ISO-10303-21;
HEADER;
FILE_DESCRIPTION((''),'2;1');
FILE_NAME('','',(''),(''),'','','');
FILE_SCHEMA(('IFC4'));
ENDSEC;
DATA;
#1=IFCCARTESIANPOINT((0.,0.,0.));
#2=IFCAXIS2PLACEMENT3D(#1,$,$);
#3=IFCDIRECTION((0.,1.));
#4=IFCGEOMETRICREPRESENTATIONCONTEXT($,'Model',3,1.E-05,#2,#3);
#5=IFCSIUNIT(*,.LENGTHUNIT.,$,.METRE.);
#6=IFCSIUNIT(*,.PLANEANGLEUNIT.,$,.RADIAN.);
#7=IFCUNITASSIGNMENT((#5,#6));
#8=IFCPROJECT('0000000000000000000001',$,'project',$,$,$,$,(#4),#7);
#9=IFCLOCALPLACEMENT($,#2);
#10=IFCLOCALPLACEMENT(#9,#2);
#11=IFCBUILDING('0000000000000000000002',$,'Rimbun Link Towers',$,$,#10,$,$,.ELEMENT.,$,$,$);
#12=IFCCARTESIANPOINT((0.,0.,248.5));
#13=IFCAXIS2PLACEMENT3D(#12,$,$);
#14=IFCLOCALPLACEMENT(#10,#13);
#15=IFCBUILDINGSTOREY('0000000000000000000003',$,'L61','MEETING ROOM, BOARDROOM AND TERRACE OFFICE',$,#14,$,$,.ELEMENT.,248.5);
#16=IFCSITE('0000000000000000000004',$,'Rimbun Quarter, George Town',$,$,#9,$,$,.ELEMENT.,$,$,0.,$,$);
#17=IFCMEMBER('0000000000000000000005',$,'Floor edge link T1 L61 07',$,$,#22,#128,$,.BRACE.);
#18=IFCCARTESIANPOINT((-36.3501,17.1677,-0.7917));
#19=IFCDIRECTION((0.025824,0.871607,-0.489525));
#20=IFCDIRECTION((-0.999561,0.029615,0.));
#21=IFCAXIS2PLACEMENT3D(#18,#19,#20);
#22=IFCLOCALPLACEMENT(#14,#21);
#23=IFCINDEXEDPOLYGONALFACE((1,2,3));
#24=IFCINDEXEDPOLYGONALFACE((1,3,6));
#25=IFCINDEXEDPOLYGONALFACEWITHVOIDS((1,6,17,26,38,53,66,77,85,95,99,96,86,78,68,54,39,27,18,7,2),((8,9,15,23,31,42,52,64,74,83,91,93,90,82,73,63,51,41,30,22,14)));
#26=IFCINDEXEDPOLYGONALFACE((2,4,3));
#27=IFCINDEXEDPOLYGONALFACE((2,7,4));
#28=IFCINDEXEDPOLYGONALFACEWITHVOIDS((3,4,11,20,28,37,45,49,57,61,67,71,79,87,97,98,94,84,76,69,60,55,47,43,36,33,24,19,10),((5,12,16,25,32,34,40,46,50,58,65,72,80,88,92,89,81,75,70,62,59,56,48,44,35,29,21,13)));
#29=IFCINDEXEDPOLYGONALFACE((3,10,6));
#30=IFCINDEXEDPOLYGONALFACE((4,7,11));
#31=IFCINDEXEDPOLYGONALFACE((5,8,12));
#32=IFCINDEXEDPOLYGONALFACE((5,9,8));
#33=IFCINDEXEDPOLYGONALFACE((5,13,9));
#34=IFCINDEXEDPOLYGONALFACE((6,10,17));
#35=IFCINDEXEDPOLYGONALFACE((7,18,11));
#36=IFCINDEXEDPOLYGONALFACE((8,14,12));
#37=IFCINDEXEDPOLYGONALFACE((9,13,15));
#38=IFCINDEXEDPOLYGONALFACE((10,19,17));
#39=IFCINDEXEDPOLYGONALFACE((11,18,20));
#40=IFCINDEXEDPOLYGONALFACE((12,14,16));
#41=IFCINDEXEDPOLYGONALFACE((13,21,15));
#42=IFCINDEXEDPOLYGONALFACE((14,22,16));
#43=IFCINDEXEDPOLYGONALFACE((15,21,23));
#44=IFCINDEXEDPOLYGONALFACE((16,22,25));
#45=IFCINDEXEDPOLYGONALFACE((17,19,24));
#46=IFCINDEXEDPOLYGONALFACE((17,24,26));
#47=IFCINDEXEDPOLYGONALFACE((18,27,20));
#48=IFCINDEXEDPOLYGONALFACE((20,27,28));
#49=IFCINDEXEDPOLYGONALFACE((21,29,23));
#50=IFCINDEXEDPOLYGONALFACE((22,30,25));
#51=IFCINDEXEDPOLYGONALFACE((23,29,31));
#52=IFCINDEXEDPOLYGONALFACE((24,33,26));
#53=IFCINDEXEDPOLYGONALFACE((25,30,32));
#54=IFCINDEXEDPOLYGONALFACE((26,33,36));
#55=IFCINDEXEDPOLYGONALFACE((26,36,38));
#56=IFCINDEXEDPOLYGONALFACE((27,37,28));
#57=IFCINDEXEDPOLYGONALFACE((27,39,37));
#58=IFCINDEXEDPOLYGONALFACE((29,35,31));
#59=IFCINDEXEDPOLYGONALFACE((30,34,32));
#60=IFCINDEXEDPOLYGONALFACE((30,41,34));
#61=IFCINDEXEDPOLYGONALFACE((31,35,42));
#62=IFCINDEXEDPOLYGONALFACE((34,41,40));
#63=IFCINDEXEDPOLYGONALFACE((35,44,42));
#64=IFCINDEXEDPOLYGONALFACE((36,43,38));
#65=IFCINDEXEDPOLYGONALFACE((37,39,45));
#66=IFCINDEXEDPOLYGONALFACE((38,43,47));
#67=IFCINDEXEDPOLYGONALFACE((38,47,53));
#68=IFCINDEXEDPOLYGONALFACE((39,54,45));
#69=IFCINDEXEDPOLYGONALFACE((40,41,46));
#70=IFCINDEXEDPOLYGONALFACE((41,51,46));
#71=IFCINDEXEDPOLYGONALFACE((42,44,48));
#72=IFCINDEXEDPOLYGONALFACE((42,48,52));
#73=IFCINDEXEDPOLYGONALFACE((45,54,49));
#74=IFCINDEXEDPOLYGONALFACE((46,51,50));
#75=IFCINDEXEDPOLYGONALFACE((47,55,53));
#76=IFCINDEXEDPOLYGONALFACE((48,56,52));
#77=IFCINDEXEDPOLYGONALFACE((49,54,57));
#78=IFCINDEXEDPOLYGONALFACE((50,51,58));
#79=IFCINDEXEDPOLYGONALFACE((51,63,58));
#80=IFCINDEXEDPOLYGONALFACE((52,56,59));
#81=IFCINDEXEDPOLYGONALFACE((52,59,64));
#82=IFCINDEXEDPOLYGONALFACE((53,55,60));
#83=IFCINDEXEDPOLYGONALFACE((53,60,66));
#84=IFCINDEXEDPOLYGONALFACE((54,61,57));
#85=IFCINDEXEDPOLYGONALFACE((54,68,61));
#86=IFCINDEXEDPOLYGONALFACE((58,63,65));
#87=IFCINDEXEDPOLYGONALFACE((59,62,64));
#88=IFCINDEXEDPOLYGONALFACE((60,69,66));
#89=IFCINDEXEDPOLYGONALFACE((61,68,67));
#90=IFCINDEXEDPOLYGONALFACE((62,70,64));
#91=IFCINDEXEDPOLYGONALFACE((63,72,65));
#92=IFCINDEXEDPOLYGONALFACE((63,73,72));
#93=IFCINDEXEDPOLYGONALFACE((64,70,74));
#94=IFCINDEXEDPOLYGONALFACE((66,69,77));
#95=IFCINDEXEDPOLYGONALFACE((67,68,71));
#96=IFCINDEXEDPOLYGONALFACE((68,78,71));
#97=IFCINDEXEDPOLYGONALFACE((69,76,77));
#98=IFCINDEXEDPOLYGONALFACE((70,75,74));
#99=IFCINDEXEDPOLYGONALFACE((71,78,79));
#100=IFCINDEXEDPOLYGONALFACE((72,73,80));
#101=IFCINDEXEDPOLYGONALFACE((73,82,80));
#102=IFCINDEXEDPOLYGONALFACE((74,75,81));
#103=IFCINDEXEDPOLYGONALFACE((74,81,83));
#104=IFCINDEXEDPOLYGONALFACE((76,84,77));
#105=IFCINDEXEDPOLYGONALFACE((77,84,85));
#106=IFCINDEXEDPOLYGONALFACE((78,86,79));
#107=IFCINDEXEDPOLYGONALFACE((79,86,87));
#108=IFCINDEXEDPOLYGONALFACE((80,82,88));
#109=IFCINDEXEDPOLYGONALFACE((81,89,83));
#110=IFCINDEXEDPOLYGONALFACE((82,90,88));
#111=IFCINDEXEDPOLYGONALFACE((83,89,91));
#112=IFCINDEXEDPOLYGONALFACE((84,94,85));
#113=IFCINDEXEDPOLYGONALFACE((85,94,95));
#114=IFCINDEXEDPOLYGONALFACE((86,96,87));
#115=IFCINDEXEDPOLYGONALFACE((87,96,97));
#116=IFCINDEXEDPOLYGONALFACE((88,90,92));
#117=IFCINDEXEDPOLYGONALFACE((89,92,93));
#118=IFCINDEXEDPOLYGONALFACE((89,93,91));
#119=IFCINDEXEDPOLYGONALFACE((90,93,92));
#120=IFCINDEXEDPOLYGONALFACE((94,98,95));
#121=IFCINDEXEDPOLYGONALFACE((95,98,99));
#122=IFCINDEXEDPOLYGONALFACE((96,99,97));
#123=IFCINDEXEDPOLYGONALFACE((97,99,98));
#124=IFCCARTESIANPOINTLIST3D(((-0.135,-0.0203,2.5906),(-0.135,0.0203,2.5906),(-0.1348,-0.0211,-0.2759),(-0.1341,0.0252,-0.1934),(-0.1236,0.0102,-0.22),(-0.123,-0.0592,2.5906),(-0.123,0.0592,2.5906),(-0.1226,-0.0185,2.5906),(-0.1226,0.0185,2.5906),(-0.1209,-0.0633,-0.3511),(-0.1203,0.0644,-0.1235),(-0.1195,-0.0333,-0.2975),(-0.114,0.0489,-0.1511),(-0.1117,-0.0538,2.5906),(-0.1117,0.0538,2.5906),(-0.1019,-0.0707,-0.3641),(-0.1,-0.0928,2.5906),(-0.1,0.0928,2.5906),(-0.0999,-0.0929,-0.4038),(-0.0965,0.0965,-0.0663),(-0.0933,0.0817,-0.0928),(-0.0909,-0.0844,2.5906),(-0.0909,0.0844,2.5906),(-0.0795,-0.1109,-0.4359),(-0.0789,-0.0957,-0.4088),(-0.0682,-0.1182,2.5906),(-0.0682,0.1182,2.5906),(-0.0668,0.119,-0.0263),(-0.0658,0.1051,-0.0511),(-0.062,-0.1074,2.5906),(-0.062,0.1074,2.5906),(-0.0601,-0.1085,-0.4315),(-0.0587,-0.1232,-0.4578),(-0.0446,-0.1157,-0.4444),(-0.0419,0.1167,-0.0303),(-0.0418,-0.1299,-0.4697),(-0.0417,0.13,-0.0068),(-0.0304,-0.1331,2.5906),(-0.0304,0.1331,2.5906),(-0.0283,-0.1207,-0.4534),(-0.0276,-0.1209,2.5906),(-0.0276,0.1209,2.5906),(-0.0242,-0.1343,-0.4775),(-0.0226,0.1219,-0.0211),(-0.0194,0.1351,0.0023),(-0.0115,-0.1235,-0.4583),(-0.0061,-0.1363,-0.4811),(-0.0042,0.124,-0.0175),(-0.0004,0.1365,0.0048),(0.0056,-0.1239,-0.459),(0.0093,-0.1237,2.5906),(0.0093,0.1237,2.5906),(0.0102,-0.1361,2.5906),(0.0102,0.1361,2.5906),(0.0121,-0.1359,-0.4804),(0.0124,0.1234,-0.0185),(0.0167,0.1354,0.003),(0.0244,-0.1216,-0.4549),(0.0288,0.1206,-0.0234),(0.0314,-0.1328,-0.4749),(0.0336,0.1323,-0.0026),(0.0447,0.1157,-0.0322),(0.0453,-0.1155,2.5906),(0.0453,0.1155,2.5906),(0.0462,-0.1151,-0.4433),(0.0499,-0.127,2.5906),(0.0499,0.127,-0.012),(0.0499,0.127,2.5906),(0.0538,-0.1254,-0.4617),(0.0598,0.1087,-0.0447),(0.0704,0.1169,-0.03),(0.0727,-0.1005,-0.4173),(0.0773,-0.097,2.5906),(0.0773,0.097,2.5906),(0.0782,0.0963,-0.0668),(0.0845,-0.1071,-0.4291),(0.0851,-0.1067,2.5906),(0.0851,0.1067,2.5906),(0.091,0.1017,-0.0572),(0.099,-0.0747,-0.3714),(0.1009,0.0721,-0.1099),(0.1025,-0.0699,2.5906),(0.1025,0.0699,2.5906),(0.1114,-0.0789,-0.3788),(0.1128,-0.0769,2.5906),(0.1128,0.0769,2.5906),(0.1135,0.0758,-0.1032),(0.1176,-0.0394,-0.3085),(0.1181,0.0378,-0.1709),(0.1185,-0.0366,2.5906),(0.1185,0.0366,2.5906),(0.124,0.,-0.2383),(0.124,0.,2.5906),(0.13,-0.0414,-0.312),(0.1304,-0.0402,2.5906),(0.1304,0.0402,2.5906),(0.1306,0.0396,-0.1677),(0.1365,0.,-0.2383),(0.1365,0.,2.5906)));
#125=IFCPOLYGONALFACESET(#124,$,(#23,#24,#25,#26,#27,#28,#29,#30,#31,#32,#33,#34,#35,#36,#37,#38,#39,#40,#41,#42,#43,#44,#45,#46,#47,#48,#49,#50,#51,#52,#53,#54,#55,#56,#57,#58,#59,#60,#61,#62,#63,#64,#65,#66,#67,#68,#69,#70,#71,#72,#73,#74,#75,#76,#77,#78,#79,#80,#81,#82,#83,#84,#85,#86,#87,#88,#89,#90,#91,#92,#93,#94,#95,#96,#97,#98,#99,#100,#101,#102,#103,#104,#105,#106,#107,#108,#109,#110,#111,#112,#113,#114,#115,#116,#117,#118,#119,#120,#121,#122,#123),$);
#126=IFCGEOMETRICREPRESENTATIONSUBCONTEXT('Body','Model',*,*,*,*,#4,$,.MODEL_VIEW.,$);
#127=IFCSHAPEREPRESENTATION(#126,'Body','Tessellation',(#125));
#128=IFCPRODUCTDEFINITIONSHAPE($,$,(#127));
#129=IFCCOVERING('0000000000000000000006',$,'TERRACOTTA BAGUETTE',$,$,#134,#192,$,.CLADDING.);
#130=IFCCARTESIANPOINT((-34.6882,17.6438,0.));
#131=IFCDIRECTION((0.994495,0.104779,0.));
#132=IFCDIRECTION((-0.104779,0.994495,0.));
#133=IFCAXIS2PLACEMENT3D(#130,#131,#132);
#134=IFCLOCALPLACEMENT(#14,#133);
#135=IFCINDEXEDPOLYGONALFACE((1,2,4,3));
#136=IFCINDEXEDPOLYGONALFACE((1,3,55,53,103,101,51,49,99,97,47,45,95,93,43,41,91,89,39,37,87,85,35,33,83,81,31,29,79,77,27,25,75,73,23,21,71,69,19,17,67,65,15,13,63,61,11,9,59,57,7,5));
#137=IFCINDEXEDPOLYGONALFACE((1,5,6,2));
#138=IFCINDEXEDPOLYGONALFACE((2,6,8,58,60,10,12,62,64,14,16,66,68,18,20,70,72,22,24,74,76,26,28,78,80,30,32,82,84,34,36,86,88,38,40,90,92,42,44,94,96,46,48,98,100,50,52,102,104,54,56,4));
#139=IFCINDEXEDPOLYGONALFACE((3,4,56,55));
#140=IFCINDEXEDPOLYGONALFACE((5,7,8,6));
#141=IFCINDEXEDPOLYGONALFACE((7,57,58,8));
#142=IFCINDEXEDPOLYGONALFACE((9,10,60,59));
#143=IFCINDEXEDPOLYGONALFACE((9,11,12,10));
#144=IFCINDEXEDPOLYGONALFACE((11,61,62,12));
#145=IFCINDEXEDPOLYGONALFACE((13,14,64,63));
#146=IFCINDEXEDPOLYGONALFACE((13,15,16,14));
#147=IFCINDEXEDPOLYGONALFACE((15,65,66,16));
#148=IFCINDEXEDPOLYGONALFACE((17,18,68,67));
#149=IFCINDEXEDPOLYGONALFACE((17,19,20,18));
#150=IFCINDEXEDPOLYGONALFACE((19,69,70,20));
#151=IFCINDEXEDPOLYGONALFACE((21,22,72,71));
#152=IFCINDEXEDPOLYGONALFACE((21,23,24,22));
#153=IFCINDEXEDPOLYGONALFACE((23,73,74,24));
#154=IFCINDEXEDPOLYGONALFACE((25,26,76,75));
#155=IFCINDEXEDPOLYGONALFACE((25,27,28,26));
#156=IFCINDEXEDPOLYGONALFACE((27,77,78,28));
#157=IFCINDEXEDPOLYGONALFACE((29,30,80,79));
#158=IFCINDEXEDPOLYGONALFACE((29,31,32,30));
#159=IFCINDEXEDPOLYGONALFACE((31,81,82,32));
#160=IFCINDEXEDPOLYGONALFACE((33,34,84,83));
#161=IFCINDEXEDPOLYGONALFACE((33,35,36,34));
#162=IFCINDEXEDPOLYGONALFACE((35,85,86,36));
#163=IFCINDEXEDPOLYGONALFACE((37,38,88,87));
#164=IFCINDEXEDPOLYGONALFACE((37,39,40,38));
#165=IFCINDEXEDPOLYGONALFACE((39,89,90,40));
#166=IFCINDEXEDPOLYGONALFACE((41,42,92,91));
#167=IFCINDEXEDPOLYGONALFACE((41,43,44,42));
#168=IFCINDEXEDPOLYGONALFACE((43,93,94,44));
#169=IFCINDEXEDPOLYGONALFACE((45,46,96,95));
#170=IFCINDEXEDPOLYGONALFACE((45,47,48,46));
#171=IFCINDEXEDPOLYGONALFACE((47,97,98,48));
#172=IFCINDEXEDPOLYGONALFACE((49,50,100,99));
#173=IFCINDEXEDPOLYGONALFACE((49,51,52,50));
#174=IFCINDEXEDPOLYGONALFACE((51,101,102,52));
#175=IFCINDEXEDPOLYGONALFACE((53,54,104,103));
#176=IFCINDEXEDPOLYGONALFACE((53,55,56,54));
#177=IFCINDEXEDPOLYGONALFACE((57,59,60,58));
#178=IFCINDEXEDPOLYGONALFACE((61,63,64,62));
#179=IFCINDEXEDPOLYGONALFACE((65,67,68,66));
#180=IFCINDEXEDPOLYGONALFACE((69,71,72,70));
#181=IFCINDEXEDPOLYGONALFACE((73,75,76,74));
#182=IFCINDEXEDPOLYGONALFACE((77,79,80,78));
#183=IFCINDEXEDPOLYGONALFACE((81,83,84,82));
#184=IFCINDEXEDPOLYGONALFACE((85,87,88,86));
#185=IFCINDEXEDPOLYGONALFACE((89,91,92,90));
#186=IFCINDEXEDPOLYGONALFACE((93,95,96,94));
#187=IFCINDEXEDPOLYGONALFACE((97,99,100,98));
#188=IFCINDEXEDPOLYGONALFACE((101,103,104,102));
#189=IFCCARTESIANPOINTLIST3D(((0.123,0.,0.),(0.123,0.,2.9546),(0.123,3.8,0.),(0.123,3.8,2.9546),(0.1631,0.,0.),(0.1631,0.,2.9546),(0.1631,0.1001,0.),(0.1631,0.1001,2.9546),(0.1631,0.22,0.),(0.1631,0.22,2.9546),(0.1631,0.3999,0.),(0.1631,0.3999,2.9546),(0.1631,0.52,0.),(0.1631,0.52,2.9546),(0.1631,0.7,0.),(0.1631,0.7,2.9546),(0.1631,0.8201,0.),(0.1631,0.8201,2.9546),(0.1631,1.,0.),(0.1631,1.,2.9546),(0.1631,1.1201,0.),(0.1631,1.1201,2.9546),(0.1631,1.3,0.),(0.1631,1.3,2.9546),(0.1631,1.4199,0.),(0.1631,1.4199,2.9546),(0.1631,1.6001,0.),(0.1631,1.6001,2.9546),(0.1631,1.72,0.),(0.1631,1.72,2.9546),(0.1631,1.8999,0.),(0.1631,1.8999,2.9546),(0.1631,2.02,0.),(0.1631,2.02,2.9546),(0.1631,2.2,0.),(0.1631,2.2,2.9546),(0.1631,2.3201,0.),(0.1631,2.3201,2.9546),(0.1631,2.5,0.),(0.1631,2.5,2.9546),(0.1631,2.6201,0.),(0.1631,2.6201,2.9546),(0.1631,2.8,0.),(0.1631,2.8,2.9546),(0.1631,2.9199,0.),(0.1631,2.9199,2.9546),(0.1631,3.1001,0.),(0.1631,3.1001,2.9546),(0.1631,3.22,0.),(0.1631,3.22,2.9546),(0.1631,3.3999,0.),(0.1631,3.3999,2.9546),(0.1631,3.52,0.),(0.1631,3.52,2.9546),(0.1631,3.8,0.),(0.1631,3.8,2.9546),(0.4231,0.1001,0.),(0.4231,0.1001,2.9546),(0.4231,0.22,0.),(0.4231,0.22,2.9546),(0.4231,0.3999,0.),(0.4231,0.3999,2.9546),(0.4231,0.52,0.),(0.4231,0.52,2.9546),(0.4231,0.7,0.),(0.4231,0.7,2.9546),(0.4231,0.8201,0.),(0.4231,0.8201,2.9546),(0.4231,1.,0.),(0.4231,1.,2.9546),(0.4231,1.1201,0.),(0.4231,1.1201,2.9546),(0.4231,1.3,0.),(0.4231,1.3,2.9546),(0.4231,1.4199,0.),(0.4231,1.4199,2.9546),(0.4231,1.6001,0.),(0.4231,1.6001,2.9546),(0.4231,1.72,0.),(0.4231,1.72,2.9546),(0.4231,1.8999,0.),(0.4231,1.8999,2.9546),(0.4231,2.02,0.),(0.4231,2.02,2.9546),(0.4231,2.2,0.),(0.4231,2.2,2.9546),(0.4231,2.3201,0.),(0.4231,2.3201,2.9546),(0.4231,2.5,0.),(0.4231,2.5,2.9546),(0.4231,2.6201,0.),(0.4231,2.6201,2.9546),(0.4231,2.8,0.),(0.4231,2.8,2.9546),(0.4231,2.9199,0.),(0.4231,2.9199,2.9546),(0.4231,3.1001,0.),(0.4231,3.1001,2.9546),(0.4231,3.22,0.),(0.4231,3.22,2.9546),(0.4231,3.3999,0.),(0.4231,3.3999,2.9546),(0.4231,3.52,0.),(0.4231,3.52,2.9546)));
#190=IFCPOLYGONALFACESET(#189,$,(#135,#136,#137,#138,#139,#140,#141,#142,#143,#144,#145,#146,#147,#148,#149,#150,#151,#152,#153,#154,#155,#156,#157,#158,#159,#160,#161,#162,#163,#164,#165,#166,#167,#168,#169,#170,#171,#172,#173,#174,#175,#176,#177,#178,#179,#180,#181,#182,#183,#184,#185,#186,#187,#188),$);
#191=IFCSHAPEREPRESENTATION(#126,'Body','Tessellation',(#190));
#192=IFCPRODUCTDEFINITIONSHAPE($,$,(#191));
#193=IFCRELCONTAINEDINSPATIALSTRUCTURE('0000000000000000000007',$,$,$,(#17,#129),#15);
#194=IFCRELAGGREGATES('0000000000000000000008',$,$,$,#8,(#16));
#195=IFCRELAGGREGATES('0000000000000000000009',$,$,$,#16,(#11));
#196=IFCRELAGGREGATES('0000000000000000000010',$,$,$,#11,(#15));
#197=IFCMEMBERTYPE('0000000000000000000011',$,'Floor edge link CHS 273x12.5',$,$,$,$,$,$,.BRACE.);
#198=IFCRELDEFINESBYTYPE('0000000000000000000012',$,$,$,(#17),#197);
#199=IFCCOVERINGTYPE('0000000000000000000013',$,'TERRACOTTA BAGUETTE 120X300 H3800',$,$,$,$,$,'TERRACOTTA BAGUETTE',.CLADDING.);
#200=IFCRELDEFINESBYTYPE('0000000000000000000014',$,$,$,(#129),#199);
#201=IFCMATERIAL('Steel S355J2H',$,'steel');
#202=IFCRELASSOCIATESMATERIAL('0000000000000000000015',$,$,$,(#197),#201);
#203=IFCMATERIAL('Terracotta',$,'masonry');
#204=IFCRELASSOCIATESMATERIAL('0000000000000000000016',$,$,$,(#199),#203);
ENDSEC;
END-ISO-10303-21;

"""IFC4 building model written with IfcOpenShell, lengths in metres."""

from ifc_helpers import new_model, si_unit, direction, frame, origin, origin_2d, place, context, subcontext, project, spatial, polyline, hollow_circle, outline, extrude, clip, halfspace, material, material_profile, profile_set, type_object, element, save


model = new_model("IFC4")

# Units and contexts
model_context = context("Model", 3, precision=1e-05, world=origin(), true_north=direction((0.0, 1.0)))
body_context = subcontext(model_context, "Body", "Model", "MODEL_VIEW")
ifc_project = project(units=[si_unit("LENGTHUNIT", "METRE"), si_unit("PLANEANGLEUNIT", "RADIAN")], contexts=[model_context])

# Site, building, storey
site_placement = place(None, origin())
site = spatial("IfcSite", under=ifc_project, at=site_placement, Name="Rimbun Quarter, George Town", CompositionType="ELEMENT", RefElevation=0.0)
building_placement = place(site_placement, origin())
building = spatial("IfcBuilding", under=site, at=building_placement, Name="Rimbun Link Towers", CompositionType="ELEMENT")
storey_placement = place(building_placement, frame((0.0, 0.0, 248.5)))
storey = spatial("IfcBuildingStorey", under=building, at=storey_placement, Name="L61", Description="MEETING ROOM, BOARDROOM AND TERRACE OFFICE", CompositionType="ELEMENT", Elevation=248.5)

# Member
ifc_material_1 = material(Name="Steel S355J2H", Category="steel")
ifc_material_profile_1 = material_profile(ifc_material_1, hollow_circle(Radius=0.1365, WallThickness=0.0125, at=origin_2d()), Name="CHS 273x12.5")
ifc_profile_set_1 = profile_set([ifc_material_profile_1], Name="Steel S355J2H")
member_type_1 = type_object("IfcMemberType", Name="Floor edge link CHS 273x12.5", PredefinedType="BRACE", material=ifc_profile_set_1)
member_1_placement = place(storey_placement, frame((-36.3501, 17.1677, -0.7917), z_axis=(0.025824, 0.871607, -0.489525), x_axis=(-0.999561, 0.029615, 0.0)))
element("IfcMember", 1, at=member_1_placement, inside=storey, type_object=member_type_1, Name="Floor edge link T1 L61 07", PredefinedType="BRACE", context=body_context, shape_type="Clipping", body=[
    clip(extrude(hollow_circle(Radius=0.1365, WallThickness=0.0125, at=origin_2d()), frame((0.0, 0.0, -0.5066)), (0.0, 0.0, 1.0), 3.0972), halfspace(frame((0.0, 0.0, -0.2383), z_axis=(0.0, 0.871989, -0.489525)), False)),
])

# Covering
ifc_material_2 = material(Name="Terracotta", Category="masonry")
ifc_material_profile_2 = material_profile(ifc_material_2, outline(polyline([(0.123, 0.0), (0.1631, 0.0), (0.1631, 0.1001), (0.4231, 0.1001), (0.4231, 0.22), (0.1631, 0.22), (0.1631, 0.3999), (0.4231, 0.3999), (0.4231, 0.52), (0.1631, 0.52), (0.1631, 0.7), (0.4231, 0.7), (0.4231, 0.8201), (0.1631, 0.8201), (0.1631, 1.0), (0.4231, 1.0), (0.4231, 1.1201), (0.1631, 1.1201), (0.1631, 1.3), (0.4231, 1.3), (0.4231, 1.4199), (0.1631, 1.4199), (0.1631, 1.6001), (0.4231, 1.6001), (0.4231, 1.72), (0.1631, 1.72), (0.1631, 1.8999), (0.4231, 1.8999), (0.4231, 2.02), (0.1631, 2.02), (0.1631, 2.2), (0.4231, 2.2), (0.4231, 2.3201), (0.1631, 2.3201), (0.1631, 2.5), (0.4231, 2.5), (0.4231, 2.6201), (0.1631, 2.6201), (0.1631, 2.8), (0.4231, 2.8), (0.4231, 2.9199), (0.1631, 2.9199), (0.1631, 3.1001), (0.4231, 3.1001), (0.4231, 3.22), (0.1631, 3.22), (0.1631, 3.3999), (0.4231, 3.3999), (0.4231, 3.52), (0.1631, 3.52), (0.1631, 3.8), (0.123, 3.8), (0.123, 0.0)])), Name="BAGUETTE 120X300")
ifc_profile_set_2 = profile_set([ifc_material_profile_2], Name="Terracotta")
covering_type = type_object("IfcCoveringType", Name="TERRACOTTA BAGUETTE 120X300 H3800", ElementType="TERRACOTTA BAGUETTE", PredefinedType="CLADDING", material=ifc_profile_set_2)
covering_1_placement = place(storey_placement, frame((-34.6882, 17.6438, 0.0), z_axis=(0.994495, 0.104779, 0.0), x_axis=(-0.104779, 0.994495, 0.0)))
element("IfcCovering", 2, at=covering_1_placement, inside=storey, type_object=covering_type, Name="TERRACOTTA BAGUETTE", PredefinedType="CLADDING", context=body_context, shape_type="SweptSolid", body=[
    extrude(outline(polyline([(0.123, 0.0), (0.1631, 0.0), (0.1631, 0.1001), (0.4231, 0.1001), (0.4231, 0.22), (0.1631, 0.22), (0.1631, 0.3999), (0.4231, 0.3999), (0.4231, 0.52), (0.1631, 0.52), (0.1631, 0.7), (0.4231, 0.7), (0.4231, 0.8201), (0.1631, 0.8201), (0.1631, 1.0), (0.4231, 1.0), (0.4231, 1.1201), (0.1631, 1.1201), (0.1631, 1.3), (0.4231, 1.3), (0.4231, 1.4199), (0.1631, 1.4199), (0.1631, 1.6001), (0.4231, 1.6001), (0.4231, 1.72), (0.1631, 1.72), (0.1631, 1.8999), (0.4231, 1.8999), (0.4231, 2.02), (0.1631, 2.02), (0.1631, 2.2), (0.4231, 2.2), (0.4231, 2.3201), (0.1631, 2.3201), (0.1631, 2.5), (0.4231, 2.5), (0.4231, 2.6201), (0.1631, 2.6201), (0.1631, 2.8), (0.4231, 2.8), (0.4231, 2.9199), (0.1631, 2.9199), (0.1631, 3.1001), (0.4231, 3.1001), (0.4231, 3.22), (0.1631, 3.22), (0.1631, 3.3999), (0.4231, 3.3999), (0.4231, 3.52), (0.1631, 3.52), (0.1631, 3.8), (0.123, 3.8), (0.123, 0.0)])), origin(), (0.0, 0.0, 1.0), 2.9546),
])

save(model, "model.ifc")
